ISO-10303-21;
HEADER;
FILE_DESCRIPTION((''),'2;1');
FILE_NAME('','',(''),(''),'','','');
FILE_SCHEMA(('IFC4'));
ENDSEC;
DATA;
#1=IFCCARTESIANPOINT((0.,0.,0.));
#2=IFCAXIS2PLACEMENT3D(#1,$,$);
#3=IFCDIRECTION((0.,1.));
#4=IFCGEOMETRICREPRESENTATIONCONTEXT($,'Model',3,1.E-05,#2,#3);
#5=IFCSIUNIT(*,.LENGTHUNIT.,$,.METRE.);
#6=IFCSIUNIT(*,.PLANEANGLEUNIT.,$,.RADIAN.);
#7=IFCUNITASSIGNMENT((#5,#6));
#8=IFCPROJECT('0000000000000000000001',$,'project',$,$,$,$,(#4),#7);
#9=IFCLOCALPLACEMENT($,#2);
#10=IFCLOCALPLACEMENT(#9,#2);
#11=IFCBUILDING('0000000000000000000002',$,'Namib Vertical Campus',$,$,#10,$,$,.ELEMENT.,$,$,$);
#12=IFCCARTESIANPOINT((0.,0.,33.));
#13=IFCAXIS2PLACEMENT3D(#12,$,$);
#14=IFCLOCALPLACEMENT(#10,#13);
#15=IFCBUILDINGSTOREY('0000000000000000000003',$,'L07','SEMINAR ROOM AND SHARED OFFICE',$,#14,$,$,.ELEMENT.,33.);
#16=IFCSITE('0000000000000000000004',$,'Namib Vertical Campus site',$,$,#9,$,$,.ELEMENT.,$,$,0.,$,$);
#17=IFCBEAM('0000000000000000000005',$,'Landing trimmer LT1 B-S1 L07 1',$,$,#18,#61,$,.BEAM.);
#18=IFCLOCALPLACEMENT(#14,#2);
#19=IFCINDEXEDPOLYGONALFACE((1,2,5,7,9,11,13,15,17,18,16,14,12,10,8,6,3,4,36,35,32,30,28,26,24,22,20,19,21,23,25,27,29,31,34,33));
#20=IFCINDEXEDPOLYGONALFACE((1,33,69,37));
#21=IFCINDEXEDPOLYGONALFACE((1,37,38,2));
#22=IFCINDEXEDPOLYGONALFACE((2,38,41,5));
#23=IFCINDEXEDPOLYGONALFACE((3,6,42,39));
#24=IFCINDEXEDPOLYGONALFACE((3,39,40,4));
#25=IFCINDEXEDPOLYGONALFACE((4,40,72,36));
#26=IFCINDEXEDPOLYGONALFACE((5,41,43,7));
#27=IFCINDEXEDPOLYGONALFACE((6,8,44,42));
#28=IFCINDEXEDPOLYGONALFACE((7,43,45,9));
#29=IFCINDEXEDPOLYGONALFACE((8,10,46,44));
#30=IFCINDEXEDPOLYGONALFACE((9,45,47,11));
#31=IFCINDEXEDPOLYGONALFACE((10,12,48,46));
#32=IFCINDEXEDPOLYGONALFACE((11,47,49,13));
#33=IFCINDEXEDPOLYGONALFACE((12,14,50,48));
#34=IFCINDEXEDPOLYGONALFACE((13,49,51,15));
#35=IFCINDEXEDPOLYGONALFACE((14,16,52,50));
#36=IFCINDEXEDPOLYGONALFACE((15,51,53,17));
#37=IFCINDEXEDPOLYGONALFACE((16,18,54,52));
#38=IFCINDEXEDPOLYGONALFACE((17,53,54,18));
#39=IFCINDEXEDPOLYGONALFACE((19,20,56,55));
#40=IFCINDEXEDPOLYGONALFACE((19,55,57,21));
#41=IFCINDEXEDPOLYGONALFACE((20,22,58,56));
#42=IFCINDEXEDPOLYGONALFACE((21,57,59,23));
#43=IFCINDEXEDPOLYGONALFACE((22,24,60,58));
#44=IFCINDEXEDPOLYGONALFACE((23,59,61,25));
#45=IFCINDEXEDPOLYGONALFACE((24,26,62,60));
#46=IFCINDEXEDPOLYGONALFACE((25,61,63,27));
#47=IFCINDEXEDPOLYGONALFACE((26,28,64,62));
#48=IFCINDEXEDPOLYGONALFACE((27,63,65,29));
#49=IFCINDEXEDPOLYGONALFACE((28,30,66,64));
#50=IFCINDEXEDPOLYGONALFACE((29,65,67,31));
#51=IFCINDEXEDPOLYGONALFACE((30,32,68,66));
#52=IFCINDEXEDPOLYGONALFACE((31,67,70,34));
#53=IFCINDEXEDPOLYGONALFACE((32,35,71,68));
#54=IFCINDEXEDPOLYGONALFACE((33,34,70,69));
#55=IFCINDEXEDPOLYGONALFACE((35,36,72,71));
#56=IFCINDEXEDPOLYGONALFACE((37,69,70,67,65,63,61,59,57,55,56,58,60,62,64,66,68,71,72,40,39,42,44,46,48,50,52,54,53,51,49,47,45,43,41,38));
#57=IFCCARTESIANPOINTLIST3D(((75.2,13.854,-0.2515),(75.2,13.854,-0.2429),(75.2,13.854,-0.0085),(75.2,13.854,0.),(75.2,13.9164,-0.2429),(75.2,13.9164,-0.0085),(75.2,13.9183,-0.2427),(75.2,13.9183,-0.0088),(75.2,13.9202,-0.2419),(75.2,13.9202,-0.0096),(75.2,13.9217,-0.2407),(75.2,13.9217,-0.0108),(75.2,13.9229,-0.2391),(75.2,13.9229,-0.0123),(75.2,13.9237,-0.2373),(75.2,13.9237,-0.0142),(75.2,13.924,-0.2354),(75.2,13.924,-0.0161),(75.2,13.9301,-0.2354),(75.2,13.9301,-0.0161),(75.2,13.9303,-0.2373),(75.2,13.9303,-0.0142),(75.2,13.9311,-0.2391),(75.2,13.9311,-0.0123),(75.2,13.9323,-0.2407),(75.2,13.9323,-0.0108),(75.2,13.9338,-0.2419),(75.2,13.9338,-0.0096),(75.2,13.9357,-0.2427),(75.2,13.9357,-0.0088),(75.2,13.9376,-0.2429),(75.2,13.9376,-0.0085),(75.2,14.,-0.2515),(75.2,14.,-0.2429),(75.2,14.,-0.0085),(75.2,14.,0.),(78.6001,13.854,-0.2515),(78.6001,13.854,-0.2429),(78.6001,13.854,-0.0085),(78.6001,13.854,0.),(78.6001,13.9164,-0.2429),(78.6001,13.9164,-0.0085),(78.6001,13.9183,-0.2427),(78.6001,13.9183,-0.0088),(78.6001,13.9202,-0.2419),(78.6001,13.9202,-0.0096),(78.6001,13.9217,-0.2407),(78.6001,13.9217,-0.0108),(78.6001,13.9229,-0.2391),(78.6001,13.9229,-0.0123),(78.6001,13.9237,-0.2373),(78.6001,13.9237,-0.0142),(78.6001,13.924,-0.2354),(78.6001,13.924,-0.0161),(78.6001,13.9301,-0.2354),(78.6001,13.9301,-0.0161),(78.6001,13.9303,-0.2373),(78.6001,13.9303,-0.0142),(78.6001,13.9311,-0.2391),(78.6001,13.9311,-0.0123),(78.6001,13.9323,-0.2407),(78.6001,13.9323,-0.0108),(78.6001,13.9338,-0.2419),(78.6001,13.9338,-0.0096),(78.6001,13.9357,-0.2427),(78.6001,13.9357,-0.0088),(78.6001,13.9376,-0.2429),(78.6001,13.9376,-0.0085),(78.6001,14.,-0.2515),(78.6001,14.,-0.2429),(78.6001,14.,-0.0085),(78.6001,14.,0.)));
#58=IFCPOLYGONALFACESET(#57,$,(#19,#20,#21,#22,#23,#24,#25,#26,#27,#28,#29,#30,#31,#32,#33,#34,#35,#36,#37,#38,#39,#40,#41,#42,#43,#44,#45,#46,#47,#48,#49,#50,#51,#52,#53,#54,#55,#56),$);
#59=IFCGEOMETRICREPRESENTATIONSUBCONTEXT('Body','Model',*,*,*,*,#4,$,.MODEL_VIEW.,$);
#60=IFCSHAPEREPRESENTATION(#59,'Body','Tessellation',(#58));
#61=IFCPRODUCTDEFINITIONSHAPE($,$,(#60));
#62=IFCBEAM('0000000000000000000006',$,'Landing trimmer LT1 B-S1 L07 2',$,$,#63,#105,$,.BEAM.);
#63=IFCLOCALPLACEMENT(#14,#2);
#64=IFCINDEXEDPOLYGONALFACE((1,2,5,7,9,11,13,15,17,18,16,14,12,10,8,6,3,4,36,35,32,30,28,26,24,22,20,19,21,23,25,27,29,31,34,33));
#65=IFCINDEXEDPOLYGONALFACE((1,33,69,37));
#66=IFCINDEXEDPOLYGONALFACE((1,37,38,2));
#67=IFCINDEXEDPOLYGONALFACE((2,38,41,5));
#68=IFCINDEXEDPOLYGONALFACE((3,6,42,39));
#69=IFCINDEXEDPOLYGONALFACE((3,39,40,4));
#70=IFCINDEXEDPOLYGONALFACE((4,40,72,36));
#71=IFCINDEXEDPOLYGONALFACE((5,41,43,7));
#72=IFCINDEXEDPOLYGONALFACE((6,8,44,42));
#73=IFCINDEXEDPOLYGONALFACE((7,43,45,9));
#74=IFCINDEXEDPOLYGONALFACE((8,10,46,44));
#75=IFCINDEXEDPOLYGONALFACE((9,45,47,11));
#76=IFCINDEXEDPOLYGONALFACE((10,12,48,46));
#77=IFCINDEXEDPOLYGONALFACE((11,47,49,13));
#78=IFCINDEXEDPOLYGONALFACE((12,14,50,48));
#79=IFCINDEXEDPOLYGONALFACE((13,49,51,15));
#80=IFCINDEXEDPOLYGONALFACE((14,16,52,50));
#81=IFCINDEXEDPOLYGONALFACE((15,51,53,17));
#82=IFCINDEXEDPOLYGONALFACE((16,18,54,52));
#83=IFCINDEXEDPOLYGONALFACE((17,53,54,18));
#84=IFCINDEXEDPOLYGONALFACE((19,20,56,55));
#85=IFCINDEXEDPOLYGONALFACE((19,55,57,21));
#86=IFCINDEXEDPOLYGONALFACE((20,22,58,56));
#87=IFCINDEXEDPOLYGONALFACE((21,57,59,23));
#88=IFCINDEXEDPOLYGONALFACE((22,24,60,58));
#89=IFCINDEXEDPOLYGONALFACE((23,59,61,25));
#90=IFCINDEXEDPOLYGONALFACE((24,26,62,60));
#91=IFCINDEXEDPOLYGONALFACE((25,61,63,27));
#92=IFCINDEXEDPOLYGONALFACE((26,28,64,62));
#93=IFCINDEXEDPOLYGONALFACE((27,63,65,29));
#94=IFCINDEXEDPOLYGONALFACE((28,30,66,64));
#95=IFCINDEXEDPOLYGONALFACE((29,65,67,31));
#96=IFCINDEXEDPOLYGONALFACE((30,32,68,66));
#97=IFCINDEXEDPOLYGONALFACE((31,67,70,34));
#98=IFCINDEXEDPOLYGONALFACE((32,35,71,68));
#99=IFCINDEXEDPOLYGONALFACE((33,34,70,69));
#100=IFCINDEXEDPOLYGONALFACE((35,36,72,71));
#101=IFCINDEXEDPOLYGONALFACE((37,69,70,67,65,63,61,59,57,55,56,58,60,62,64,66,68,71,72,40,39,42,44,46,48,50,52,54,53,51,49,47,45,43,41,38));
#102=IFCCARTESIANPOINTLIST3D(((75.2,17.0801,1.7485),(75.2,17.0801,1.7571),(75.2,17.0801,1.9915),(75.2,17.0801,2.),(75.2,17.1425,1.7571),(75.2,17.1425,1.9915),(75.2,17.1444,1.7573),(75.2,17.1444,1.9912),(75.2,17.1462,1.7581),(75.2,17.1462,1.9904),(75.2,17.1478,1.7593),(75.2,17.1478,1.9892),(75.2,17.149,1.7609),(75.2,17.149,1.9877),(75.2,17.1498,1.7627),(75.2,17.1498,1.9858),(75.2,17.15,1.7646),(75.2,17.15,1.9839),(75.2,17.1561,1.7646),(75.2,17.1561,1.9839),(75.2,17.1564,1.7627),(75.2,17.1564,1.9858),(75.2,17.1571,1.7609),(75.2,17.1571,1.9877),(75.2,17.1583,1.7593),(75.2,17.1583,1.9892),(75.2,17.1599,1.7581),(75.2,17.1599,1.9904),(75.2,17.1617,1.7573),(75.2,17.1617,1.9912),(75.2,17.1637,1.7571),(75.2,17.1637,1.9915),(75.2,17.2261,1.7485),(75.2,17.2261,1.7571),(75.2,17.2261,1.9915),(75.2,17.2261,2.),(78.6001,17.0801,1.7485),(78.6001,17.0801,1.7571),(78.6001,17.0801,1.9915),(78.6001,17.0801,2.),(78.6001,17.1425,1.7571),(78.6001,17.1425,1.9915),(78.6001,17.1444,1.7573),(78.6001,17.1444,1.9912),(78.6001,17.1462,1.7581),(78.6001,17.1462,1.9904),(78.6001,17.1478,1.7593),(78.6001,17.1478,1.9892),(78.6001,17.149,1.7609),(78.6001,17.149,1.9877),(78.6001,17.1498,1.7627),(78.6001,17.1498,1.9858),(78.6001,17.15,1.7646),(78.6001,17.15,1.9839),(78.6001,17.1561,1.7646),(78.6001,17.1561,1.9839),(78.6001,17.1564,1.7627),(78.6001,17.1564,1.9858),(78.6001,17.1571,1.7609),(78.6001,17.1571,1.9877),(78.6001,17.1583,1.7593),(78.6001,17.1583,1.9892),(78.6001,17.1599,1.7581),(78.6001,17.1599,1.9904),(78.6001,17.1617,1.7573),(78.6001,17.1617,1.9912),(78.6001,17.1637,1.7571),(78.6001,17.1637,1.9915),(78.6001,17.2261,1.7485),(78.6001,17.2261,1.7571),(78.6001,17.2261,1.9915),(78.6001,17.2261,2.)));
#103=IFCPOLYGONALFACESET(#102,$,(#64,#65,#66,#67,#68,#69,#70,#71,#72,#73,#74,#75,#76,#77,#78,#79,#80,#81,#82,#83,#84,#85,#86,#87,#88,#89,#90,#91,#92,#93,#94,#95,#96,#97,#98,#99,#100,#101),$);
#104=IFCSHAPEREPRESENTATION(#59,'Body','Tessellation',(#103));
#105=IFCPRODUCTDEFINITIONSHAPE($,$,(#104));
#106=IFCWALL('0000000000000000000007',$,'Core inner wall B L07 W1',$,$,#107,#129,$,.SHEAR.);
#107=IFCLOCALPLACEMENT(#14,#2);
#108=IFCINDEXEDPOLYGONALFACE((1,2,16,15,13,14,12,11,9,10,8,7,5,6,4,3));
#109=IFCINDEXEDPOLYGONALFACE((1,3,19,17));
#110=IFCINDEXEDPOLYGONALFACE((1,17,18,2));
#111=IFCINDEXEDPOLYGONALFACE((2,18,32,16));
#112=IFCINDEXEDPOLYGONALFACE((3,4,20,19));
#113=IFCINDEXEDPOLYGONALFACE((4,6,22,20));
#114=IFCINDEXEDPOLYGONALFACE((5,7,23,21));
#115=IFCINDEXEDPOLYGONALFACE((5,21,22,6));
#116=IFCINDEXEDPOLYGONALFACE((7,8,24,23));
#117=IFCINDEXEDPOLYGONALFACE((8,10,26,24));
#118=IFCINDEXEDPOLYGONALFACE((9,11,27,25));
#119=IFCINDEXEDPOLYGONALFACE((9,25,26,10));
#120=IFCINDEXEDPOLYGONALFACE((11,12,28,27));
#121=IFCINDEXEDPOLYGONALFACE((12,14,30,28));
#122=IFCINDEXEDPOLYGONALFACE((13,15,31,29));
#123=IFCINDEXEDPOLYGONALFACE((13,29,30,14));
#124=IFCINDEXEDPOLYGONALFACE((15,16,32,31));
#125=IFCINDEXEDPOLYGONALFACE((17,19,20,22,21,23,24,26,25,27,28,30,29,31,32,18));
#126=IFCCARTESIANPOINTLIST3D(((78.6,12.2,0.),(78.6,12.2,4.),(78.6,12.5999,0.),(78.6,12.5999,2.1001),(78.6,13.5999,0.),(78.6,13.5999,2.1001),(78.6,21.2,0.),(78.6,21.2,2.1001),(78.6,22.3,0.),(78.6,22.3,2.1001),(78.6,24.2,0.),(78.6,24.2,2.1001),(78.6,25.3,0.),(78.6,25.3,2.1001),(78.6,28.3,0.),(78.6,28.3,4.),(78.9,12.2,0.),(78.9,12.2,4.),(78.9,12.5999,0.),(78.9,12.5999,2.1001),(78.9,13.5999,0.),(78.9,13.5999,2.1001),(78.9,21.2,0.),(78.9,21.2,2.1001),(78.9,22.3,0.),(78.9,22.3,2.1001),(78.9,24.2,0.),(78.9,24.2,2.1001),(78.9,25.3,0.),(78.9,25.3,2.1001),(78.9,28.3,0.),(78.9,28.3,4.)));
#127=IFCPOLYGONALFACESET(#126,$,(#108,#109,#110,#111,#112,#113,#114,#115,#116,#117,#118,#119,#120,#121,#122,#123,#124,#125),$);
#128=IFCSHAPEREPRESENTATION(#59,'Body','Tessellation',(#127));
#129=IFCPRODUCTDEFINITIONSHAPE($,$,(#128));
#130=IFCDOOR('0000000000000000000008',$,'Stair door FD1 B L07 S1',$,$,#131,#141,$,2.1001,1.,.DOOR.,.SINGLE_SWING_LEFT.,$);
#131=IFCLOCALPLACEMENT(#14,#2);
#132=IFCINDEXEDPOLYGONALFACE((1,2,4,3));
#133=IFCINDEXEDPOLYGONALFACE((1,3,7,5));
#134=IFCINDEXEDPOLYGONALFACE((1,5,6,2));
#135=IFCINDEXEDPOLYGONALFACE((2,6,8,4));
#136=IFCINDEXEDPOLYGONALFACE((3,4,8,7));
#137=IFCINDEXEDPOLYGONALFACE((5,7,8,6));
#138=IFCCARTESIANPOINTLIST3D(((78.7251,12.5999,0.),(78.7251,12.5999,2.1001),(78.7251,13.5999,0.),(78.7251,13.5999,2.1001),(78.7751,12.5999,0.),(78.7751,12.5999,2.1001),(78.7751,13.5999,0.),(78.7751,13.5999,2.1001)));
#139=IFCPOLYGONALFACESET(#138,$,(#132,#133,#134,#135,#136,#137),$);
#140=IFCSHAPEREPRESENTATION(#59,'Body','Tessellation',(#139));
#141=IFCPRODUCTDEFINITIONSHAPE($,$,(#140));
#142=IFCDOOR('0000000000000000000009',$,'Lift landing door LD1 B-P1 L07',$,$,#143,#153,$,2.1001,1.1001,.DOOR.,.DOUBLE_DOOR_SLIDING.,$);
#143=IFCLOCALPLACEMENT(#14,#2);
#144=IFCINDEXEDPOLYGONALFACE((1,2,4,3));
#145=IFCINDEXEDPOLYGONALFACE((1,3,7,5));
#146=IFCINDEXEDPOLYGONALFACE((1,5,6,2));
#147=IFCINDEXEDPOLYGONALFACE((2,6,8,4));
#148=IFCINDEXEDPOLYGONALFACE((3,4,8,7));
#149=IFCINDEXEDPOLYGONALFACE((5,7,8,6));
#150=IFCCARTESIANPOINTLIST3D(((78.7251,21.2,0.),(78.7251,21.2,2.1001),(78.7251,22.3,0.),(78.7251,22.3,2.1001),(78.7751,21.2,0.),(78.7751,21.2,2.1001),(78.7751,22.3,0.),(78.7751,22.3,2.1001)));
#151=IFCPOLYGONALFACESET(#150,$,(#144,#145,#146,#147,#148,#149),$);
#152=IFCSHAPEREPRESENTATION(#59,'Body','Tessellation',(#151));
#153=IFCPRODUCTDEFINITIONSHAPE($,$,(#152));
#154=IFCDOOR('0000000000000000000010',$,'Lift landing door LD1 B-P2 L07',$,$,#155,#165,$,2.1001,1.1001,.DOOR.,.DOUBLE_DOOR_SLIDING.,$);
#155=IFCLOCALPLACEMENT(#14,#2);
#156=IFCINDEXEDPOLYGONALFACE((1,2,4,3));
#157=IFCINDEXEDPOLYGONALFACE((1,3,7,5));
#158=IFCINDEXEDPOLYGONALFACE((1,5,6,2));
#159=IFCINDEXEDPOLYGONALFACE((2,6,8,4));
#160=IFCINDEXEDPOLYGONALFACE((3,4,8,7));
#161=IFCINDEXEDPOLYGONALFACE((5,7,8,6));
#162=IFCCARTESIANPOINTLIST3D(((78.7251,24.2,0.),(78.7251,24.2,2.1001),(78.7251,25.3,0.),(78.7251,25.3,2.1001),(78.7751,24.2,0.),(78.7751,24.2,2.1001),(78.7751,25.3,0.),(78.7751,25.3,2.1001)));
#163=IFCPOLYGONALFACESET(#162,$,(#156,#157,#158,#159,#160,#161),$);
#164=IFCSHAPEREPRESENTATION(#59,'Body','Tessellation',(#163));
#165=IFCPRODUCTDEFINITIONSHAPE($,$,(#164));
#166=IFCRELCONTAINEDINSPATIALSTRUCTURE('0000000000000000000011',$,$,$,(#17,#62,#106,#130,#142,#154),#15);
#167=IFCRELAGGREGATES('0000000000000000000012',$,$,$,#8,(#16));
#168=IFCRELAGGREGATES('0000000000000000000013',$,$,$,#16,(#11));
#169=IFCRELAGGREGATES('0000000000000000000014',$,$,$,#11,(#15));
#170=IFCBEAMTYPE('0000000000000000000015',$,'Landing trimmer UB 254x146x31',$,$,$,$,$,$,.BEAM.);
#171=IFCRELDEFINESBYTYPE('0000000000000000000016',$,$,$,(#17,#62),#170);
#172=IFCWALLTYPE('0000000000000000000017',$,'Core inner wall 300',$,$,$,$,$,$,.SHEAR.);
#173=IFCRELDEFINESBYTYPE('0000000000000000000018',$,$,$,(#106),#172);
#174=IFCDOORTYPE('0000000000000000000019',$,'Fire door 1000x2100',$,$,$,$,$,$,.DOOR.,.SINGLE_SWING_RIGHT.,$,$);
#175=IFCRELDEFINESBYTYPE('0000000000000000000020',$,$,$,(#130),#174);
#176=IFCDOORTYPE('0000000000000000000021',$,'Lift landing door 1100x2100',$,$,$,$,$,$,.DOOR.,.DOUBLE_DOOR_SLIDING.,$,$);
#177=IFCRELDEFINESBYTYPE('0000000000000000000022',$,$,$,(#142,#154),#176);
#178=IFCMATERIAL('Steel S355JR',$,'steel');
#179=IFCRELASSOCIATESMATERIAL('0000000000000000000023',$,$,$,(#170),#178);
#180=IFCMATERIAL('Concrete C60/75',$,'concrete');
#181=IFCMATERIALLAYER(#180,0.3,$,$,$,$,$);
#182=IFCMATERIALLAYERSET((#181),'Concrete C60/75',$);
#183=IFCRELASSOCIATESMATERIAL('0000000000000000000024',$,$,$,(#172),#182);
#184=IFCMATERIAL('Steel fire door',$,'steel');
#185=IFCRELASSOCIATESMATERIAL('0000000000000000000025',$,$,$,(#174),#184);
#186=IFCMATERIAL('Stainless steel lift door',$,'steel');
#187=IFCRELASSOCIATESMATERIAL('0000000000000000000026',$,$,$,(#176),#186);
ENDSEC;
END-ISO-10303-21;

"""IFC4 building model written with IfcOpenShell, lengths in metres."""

from ifc_helpers import new_model, si_unit, direction, frame, frame_2d, origin, origin_2d, place, context, subcontext, project, spatial, rectangle, i_section, extrude, material, layer, layer_set, material_profile, profile_set, type_object, element, fill, save


model = new_model("IFC4")

# Units and contexts
model_context = context("Model", 3, precision=1e-05, world=origin(), true_north=direction((0.0, 1.0)))
body_context = subcontext(model_context, "Body", "Model", "MODEL_VIEW")
ifc_project = project(units=[si_unit("LENGTHUNIT", "METRE"), si_unit("PLANEANGLEUNIT", "RADIAN")], contexts=[model_context])

# Site, building, storey
site_placement = place(None, origin())
site = spatial("IfcSite", under=ifc_project, at=site_placement, Name="Namib Vertical Campus site", CompositionType="ELEMENT", RefElevation=0.0)
building_placement = place(site_placement, origin())
building = spatial("IfcBuilding", under=site, at=building_placement, Name="Namib Vertical Campus", CompositionType="ELEMENT")
storey_placement = place(building_placement, frame((0.0, 0.0, 33.0)))
storey = spatial("IfcBuildingStorey", under=building, at=storey_placement, Name="L07", Description="SEMINAR ROOM AND SHARED OFFICE", CompositionType="ELEMENT", Elevation=33.0)

# Beams
ifc_material_1 = material(Name="Steel S355JR", Category="steel")
ifc_material_profile = material_profile(ifc_material_1, i_section(OverallWidth=0.146, OverallDepth=0.2515, WebThickness=0.0061, FlangeThickness=0.0085, FilletRadius=0.0076, at=origin_2d()))
ifc_profile_set = profile_set([ifc_material_profile], Name="Steel S355JR")
beam_type = type_object("IfcBeamType", Name="Landing trimmer UB 254x146x31", PredefinedType="BEAM", material=ifc_profile_set)
for number, where, z_axis, x_axis, name in (
    (1, (75.2, 13.927, -0.1257), (1.0, 0.0, 0.0), (0.0, 1.0, 0.0), "Landing trimmer LT1 B-S1 L07 1"),
    (2, (75.2, 17.1531, 1.8743), (1.0, 0.0, 0.0), (0.0, 1.0, 0.0), "Landing trimmer LT1 B-S1 L07 2"),
):
    element("IfcBeam", number, at=place(storey_placement, frame(where, z_axis=z_axis, x_axis=x_axis)), inside=storey, type_object=beam_type, Name=name, PredefinedType="BEAM", context=body_context, shape_type="SweptSolid", body=[
        extrude(i_section(OverallWidth=0.146, OverallDepth=0.2515, WebThickness=0.0061, FlangeThickness=0.0085, FilletRadius=0.0076, at=origin_2d()), origin(), (0.0, 0.0, 1.0), 3.4001),
    ])

# Wall, openings, doors
ifc_material_2 = material(Name="Concrete C60/75", Category="concrete")
ifc_layer = layer(ifc_material_2, 0.3)
ifc_layer_set = layer_set([ifc_layer], Name="Concrete C60/75")
wall_type = type_object("IfcWallType", Name="Core inner wall 300", PredefinedType="SHEAR", material=ifc_layer_set)
wall_1_placement = place(storey_placement, frame((78.75, 12.2, 0.0), z_axis=(0.0, 0.0, 1.0), x_axis=(0.0, 1.0, 0.0)))
wall_1 = element("IfcWall", 3, at=wall_1_placement, inside=storey, type_object=wall_type, Name="Core inner wall B L07 W1", PredefinedType="SHEAR", context=body_context, shape_type="SweptSolid", body=[
    extrude(rectangle(XDim=16.1001, YDim=0.3, at=frame_2d((8.05, 0.0))), origin(), (0.0, 0.0, 1.0), 4.0),
])
opening_1_placement = place(wall_1_placement, frame((0.3999, 0.0, 0.0)))
opening_1 = element("IfcOpeningElement", 4, at=opening_1_placement, cuts=wall_1, PredefinedType="OPENING", context=body_context, shape_type="SweptSolid", body=[
    extrude(rectangle(XDim=1.0, YDim=2.1001, at=frame_2d((0.5, 1.05))), frame((0.0, 0.1599, 0.0), z_axis=(0.0, -1.0, 0.0), x_axis=(1.0, 0.0, 0.0)), (0.0, 0.0, 1.0), 0.3201),
])
opening_2_placement = place(wall_1_placement, frame((9.0, 0.0, 0.0)))
opening_2 = element("IfcOpeningElement", 5, at=opening_2_placement, cuts=wall_1, PredefinedType="OPENING", context=body_context, shape_type="SweptSolid", body=[
    extrude(rectangle(XDim=1.1001, YDim=2.1001, at=frame_2d((0.55, 1.05))), frame((0.0, 0.1599, 0.0), z_axis=(0.0, -1.0, 0.0), x_axis=(1.0, 0.0, 0.0)), (0.0, 0.0, 1.0), 0.3201),
])
opening_3_placement = place(wall_1_placement, frame((12.0, 0.0, 0.0)))
opening_3 = element("IfcOpeningElement", 6, at=opening_3_placement, cuts=wall_1, PredefinedType="OPENING", context=body_context, shape_type="SweptSolid", body=[
    extrude(rectangle(XDim=1.1001, YDim=2.1001, at=frame_2d((0.55, 1.05))), frame((0.0, 0.1599, 0.0), z_axis=(0.0, -1.0, 0.0), x_axis=(1.0, 0.0, 0.0)), (0.0, 0.0, 1.0), 0.3201),
])
ifc_material_3 = material(Name="Steel fire door", Category="steel")
door_type_1 = type_object("IfcDoorType", Name="Fire door 1000x2100", OperationType="SINGLE_SWING_RIGHT", PredefinedType="DOOR", material=ifc_material_3)
door_1_placement = place(opening_1_placement, origin())
door_1 = element("IfcDoor", 7, at=door_1_placement, inside=storey, type_object=door_type_1, Name="Stair door FD1 B L07 S1", OperationType="SINGLE_SWING_LEFT", OverallHeight=2.1001, OverallWidth=1.0, PredefinedType="DOOR", context=body_context, shape_type="SweptSolid", body=[
    extrude(rectangle(XDim=1.0, YDim=2.1001, at=frame_2d((0.5, 1.05))), frame((0.0, 0.0249, 0.0), z_axis=(0.0, -1.0, 0.0), x_axis=(1.0, 0.0, 0.0)), (0.0, 0.0, 1.0), 0.05),
])
fill(opening_1, door_1)
ifc_material_4 = material(Name="Stainless steel lift door", Category="steel")
door_type_2 = type_object("IfcDoorType", Name="Lift landing door 1100x2100", OperationType="DOUBLE_DOOR_SLIDING", PredefinedType="DOOR", material=ifc_material_4)
door_2_placement = place(opening_2_placement, origin())
door_2 = element("IfcDoor", 8, at=door_2_placement, inside=storey, type_object=door_type_2, Name="Lift landing door LD1 B-P1 L07", OperationType="DOUBLE_DOOR_SLIDING", OverallHeight=2.1001, OverallWidth=1.1001, PredefinedType="DOOR", context=body_context, shape_type="SweptSolid", body=[
    extrude(rectangle(XDim=1.1001, YDim=2.1001, at=frame_2d((0.55, 1.05))), frame((0.0, 0.0249, 0.0), z_axis=(0.0, -1.0, 0.0), x_axis=(1.0, 0.0, 0.0)), (0.0, 0.0, 1.0), 0.05),
])
fill(opening_2, door_2)
door_3_placement = place(opening_3_placement, origin())
door_3 = element("IfcDoor", 9, at=door_3_placement, inside=storey, type_object=door_type_2, Name="Lift landing door LD1 B-P2 L07", OperationType="DOUBLE_DOOR_SLIDING", OverallHeight=2.1001, OverallWidth=1.1001, PredefinedType="DOOR", context=body_context, shape_type="SweptSolid", body=[
    extrude(rectangle(XDim=1.1001, YDim=2.1001, at=frame_2d((0.55, 1.05))), frame((0.0, 0.0249, 0.0), z_axis=(0.0, -1.0, 0.0), x_axis=(1.0, 0.0, 0.0)), (0.0, 0.0, 1.0), 0.05),
])
fill(opening_3, door_3)

save(model, "model.ifc")
